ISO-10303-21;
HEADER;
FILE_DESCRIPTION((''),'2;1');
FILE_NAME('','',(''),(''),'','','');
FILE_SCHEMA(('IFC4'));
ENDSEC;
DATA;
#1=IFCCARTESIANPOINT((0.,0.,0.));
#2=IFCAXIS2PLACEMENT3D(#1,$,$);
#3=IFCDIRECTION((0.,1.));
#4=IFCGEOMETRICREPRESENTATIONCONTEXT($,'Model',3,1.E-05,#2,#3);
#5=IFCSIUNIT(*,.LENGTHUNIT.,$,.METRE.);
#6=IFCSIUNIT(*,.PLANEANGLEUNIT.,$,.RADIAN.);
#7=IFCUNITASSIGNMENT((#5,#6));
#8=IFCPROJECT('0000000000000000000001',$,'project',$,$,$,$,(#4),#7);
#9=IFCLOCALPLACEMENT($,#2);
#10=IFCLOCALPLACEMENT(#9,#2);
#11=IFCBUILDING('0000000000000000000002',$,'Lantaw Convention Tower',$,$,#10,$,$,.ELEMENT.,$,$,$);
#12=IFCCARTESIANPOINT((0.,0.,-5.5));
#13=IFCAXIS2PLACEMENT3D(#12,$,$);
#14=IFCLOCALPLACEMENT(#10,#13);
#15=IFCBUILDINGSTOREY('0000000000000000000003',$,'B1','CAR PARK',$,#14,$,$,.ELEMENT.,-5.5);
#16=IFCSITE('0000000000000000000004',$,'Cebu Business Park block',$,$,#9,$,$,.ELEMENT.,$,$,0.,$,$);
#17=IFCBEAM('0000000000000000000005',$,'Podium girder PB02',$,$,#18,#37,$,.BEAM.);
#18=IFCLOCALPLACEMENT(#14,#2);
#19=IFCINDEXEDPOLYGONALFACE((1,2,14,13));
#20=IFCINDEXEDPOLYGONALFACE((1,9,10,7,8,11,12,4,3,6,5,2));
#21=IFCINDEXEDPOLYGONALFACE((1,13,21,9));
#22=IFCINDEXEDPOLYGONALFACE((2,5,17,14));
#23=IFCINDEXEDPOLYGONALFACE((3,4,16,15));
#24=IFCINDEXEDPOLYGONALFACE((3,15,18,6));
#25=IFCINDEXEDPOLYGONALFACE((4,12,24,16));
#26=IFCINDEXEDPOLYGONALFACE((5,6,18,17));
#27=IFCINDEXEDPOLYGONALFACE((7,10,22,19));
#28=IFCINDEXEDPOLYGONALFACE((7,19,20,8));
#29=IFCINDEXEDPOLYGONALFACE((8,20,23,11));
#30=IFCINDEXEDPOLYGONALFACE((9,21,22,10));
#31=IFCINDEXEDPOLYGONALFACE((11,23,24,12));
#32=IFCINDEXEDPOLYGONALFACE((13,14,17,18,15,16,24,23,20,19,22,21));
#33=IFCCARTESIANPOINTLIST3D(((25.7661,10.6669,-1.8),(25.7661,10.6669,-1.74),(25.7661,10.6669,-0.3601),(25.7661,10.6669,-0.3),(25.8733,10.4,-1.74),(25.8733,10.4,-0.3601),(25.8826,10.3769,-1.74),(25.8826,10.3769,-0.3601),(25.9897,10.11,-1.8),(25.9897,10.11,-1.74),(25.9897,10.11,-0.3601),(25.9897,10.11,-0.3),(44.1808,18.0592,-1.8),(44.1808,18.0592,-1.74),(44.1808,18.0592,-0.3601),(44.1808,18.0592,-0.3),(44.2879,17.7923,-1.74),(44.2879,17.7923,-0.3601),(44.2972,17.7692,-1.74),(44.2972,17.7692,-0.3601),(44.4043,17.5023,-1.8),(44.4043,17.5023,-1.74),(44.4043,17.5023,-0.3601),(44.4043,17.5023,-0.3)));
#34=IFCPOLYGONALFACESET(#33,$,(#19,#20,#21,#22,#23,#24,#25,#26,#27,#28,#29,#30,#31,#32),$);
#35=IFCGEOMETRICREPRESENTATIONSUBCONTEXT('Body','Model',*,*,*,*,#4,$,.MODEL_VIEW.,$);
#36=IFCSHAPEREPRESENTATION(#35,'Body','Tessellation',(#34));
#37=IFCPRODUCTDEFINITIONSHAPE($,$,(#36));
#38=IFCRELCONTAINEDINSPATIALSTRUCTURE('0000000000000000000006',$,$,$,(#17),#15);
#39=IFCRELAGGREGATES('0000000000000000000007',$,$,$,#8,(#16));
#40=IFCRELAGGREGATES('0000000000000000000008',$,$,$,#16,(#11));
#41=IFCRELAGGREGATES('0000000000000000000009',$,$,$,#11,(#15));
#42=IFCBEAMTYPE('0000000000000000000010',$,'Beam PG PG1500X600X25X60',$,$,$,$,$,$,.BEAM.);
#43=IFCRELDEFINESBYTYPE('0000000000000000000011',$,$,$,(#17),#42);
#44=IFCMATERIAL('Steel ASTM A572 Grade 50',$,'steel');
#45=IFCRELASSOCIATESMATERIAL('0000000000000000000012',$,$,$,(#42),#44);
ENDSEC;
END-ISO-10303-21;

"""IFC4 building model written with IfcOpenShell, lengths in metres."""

from ifc_helpers import new_model, si_unit, direction, frame, origin, origin_2d, place, context, subcontext, project, spatial, i_section, extrude, material, material_profile, profile_set, type_object, element, save


model = new_model("IFC4")

# Units and contexts
model_context = context("Model", 3, precision=1e-05, world=origin(), true_north=direction((0.0, 1.0)))
body_context = subcontext(model_context, "Body", "Model", "MODEL_VIEW")
ifc_project = project(units=[si_unit("LENGTHUNIT", "METRE"), si_unit("PLANEANGLEUNIT", "RADIAN")], contexts=[model_context])

# Site, building, storey
site_placement = place(None, origin())
site = spatial("IfcSite", under=ifc_project, at=site_placement, Name="Cebu Business Park block", CompositionType="ELEMENT", RefElevation=0.0)
building_placement = place(site_placement, origin())
building = spatial("IfcBuilding", under=site, at=building_placement, Name="Lantaw Convention Tower", CompositionType="ELEMENT")
storey_placement = place(building_placement, frame((0.0, 0.0, -5.5)))
storey = spatial("IfcBuildingStorey", under=building, at=storey_placement, Name="B1", Description="CAR PARK", CompositionType="ELEMENT", Elevation=-5.5)

# Shared definitions
ifc_material_1 = material(Name="Steel ASTM A572 Grade 50", Category="steel")

# Beam
ifc_material_profile_1 = material_profile(ifc_material_1, i_section(OverallWidth=0.6001, OverallDepth=1.5, WebThickness=0.0249, FlangeThickness=0.0601, at=origin_2d()), Name="PG1500X600X25X60")
ifc_profile_set_1 = profile_set([ifc_material_profile_1], Name="Steel ASTM A572 Grade 50")
beam_type_1 = type_object("IfcBeamType", Name="Beam PG PG1500X600X25X60", PredefinedType="BEAM", material=ifc_profile_set_1)
beam_1_placement = place(storey_placement, frame((25.8779, 10.3884, -1.05), z_axis=(0.928015, 0.372542, 0.0), x_axis=(-0.372542, 0.928015, 0.0)))
element("IfcBeam", 1, at=beam_1_placement, inside=storey, type_object=beam_type_1, Name="Podium girder PB02", PredefinedType="BEAM", context=body_context, shape_type="SweptSolid", body=[
    extrude(i_section(OverallWidth=0.6001, OverallDepth=1.5, WebThickness=0.0249, FlangeThickness=0.0601, at=origin_2d()), origin(), (0.0, 0.0, 1.0), 19.843),
])

save(model, "model.ifc")
